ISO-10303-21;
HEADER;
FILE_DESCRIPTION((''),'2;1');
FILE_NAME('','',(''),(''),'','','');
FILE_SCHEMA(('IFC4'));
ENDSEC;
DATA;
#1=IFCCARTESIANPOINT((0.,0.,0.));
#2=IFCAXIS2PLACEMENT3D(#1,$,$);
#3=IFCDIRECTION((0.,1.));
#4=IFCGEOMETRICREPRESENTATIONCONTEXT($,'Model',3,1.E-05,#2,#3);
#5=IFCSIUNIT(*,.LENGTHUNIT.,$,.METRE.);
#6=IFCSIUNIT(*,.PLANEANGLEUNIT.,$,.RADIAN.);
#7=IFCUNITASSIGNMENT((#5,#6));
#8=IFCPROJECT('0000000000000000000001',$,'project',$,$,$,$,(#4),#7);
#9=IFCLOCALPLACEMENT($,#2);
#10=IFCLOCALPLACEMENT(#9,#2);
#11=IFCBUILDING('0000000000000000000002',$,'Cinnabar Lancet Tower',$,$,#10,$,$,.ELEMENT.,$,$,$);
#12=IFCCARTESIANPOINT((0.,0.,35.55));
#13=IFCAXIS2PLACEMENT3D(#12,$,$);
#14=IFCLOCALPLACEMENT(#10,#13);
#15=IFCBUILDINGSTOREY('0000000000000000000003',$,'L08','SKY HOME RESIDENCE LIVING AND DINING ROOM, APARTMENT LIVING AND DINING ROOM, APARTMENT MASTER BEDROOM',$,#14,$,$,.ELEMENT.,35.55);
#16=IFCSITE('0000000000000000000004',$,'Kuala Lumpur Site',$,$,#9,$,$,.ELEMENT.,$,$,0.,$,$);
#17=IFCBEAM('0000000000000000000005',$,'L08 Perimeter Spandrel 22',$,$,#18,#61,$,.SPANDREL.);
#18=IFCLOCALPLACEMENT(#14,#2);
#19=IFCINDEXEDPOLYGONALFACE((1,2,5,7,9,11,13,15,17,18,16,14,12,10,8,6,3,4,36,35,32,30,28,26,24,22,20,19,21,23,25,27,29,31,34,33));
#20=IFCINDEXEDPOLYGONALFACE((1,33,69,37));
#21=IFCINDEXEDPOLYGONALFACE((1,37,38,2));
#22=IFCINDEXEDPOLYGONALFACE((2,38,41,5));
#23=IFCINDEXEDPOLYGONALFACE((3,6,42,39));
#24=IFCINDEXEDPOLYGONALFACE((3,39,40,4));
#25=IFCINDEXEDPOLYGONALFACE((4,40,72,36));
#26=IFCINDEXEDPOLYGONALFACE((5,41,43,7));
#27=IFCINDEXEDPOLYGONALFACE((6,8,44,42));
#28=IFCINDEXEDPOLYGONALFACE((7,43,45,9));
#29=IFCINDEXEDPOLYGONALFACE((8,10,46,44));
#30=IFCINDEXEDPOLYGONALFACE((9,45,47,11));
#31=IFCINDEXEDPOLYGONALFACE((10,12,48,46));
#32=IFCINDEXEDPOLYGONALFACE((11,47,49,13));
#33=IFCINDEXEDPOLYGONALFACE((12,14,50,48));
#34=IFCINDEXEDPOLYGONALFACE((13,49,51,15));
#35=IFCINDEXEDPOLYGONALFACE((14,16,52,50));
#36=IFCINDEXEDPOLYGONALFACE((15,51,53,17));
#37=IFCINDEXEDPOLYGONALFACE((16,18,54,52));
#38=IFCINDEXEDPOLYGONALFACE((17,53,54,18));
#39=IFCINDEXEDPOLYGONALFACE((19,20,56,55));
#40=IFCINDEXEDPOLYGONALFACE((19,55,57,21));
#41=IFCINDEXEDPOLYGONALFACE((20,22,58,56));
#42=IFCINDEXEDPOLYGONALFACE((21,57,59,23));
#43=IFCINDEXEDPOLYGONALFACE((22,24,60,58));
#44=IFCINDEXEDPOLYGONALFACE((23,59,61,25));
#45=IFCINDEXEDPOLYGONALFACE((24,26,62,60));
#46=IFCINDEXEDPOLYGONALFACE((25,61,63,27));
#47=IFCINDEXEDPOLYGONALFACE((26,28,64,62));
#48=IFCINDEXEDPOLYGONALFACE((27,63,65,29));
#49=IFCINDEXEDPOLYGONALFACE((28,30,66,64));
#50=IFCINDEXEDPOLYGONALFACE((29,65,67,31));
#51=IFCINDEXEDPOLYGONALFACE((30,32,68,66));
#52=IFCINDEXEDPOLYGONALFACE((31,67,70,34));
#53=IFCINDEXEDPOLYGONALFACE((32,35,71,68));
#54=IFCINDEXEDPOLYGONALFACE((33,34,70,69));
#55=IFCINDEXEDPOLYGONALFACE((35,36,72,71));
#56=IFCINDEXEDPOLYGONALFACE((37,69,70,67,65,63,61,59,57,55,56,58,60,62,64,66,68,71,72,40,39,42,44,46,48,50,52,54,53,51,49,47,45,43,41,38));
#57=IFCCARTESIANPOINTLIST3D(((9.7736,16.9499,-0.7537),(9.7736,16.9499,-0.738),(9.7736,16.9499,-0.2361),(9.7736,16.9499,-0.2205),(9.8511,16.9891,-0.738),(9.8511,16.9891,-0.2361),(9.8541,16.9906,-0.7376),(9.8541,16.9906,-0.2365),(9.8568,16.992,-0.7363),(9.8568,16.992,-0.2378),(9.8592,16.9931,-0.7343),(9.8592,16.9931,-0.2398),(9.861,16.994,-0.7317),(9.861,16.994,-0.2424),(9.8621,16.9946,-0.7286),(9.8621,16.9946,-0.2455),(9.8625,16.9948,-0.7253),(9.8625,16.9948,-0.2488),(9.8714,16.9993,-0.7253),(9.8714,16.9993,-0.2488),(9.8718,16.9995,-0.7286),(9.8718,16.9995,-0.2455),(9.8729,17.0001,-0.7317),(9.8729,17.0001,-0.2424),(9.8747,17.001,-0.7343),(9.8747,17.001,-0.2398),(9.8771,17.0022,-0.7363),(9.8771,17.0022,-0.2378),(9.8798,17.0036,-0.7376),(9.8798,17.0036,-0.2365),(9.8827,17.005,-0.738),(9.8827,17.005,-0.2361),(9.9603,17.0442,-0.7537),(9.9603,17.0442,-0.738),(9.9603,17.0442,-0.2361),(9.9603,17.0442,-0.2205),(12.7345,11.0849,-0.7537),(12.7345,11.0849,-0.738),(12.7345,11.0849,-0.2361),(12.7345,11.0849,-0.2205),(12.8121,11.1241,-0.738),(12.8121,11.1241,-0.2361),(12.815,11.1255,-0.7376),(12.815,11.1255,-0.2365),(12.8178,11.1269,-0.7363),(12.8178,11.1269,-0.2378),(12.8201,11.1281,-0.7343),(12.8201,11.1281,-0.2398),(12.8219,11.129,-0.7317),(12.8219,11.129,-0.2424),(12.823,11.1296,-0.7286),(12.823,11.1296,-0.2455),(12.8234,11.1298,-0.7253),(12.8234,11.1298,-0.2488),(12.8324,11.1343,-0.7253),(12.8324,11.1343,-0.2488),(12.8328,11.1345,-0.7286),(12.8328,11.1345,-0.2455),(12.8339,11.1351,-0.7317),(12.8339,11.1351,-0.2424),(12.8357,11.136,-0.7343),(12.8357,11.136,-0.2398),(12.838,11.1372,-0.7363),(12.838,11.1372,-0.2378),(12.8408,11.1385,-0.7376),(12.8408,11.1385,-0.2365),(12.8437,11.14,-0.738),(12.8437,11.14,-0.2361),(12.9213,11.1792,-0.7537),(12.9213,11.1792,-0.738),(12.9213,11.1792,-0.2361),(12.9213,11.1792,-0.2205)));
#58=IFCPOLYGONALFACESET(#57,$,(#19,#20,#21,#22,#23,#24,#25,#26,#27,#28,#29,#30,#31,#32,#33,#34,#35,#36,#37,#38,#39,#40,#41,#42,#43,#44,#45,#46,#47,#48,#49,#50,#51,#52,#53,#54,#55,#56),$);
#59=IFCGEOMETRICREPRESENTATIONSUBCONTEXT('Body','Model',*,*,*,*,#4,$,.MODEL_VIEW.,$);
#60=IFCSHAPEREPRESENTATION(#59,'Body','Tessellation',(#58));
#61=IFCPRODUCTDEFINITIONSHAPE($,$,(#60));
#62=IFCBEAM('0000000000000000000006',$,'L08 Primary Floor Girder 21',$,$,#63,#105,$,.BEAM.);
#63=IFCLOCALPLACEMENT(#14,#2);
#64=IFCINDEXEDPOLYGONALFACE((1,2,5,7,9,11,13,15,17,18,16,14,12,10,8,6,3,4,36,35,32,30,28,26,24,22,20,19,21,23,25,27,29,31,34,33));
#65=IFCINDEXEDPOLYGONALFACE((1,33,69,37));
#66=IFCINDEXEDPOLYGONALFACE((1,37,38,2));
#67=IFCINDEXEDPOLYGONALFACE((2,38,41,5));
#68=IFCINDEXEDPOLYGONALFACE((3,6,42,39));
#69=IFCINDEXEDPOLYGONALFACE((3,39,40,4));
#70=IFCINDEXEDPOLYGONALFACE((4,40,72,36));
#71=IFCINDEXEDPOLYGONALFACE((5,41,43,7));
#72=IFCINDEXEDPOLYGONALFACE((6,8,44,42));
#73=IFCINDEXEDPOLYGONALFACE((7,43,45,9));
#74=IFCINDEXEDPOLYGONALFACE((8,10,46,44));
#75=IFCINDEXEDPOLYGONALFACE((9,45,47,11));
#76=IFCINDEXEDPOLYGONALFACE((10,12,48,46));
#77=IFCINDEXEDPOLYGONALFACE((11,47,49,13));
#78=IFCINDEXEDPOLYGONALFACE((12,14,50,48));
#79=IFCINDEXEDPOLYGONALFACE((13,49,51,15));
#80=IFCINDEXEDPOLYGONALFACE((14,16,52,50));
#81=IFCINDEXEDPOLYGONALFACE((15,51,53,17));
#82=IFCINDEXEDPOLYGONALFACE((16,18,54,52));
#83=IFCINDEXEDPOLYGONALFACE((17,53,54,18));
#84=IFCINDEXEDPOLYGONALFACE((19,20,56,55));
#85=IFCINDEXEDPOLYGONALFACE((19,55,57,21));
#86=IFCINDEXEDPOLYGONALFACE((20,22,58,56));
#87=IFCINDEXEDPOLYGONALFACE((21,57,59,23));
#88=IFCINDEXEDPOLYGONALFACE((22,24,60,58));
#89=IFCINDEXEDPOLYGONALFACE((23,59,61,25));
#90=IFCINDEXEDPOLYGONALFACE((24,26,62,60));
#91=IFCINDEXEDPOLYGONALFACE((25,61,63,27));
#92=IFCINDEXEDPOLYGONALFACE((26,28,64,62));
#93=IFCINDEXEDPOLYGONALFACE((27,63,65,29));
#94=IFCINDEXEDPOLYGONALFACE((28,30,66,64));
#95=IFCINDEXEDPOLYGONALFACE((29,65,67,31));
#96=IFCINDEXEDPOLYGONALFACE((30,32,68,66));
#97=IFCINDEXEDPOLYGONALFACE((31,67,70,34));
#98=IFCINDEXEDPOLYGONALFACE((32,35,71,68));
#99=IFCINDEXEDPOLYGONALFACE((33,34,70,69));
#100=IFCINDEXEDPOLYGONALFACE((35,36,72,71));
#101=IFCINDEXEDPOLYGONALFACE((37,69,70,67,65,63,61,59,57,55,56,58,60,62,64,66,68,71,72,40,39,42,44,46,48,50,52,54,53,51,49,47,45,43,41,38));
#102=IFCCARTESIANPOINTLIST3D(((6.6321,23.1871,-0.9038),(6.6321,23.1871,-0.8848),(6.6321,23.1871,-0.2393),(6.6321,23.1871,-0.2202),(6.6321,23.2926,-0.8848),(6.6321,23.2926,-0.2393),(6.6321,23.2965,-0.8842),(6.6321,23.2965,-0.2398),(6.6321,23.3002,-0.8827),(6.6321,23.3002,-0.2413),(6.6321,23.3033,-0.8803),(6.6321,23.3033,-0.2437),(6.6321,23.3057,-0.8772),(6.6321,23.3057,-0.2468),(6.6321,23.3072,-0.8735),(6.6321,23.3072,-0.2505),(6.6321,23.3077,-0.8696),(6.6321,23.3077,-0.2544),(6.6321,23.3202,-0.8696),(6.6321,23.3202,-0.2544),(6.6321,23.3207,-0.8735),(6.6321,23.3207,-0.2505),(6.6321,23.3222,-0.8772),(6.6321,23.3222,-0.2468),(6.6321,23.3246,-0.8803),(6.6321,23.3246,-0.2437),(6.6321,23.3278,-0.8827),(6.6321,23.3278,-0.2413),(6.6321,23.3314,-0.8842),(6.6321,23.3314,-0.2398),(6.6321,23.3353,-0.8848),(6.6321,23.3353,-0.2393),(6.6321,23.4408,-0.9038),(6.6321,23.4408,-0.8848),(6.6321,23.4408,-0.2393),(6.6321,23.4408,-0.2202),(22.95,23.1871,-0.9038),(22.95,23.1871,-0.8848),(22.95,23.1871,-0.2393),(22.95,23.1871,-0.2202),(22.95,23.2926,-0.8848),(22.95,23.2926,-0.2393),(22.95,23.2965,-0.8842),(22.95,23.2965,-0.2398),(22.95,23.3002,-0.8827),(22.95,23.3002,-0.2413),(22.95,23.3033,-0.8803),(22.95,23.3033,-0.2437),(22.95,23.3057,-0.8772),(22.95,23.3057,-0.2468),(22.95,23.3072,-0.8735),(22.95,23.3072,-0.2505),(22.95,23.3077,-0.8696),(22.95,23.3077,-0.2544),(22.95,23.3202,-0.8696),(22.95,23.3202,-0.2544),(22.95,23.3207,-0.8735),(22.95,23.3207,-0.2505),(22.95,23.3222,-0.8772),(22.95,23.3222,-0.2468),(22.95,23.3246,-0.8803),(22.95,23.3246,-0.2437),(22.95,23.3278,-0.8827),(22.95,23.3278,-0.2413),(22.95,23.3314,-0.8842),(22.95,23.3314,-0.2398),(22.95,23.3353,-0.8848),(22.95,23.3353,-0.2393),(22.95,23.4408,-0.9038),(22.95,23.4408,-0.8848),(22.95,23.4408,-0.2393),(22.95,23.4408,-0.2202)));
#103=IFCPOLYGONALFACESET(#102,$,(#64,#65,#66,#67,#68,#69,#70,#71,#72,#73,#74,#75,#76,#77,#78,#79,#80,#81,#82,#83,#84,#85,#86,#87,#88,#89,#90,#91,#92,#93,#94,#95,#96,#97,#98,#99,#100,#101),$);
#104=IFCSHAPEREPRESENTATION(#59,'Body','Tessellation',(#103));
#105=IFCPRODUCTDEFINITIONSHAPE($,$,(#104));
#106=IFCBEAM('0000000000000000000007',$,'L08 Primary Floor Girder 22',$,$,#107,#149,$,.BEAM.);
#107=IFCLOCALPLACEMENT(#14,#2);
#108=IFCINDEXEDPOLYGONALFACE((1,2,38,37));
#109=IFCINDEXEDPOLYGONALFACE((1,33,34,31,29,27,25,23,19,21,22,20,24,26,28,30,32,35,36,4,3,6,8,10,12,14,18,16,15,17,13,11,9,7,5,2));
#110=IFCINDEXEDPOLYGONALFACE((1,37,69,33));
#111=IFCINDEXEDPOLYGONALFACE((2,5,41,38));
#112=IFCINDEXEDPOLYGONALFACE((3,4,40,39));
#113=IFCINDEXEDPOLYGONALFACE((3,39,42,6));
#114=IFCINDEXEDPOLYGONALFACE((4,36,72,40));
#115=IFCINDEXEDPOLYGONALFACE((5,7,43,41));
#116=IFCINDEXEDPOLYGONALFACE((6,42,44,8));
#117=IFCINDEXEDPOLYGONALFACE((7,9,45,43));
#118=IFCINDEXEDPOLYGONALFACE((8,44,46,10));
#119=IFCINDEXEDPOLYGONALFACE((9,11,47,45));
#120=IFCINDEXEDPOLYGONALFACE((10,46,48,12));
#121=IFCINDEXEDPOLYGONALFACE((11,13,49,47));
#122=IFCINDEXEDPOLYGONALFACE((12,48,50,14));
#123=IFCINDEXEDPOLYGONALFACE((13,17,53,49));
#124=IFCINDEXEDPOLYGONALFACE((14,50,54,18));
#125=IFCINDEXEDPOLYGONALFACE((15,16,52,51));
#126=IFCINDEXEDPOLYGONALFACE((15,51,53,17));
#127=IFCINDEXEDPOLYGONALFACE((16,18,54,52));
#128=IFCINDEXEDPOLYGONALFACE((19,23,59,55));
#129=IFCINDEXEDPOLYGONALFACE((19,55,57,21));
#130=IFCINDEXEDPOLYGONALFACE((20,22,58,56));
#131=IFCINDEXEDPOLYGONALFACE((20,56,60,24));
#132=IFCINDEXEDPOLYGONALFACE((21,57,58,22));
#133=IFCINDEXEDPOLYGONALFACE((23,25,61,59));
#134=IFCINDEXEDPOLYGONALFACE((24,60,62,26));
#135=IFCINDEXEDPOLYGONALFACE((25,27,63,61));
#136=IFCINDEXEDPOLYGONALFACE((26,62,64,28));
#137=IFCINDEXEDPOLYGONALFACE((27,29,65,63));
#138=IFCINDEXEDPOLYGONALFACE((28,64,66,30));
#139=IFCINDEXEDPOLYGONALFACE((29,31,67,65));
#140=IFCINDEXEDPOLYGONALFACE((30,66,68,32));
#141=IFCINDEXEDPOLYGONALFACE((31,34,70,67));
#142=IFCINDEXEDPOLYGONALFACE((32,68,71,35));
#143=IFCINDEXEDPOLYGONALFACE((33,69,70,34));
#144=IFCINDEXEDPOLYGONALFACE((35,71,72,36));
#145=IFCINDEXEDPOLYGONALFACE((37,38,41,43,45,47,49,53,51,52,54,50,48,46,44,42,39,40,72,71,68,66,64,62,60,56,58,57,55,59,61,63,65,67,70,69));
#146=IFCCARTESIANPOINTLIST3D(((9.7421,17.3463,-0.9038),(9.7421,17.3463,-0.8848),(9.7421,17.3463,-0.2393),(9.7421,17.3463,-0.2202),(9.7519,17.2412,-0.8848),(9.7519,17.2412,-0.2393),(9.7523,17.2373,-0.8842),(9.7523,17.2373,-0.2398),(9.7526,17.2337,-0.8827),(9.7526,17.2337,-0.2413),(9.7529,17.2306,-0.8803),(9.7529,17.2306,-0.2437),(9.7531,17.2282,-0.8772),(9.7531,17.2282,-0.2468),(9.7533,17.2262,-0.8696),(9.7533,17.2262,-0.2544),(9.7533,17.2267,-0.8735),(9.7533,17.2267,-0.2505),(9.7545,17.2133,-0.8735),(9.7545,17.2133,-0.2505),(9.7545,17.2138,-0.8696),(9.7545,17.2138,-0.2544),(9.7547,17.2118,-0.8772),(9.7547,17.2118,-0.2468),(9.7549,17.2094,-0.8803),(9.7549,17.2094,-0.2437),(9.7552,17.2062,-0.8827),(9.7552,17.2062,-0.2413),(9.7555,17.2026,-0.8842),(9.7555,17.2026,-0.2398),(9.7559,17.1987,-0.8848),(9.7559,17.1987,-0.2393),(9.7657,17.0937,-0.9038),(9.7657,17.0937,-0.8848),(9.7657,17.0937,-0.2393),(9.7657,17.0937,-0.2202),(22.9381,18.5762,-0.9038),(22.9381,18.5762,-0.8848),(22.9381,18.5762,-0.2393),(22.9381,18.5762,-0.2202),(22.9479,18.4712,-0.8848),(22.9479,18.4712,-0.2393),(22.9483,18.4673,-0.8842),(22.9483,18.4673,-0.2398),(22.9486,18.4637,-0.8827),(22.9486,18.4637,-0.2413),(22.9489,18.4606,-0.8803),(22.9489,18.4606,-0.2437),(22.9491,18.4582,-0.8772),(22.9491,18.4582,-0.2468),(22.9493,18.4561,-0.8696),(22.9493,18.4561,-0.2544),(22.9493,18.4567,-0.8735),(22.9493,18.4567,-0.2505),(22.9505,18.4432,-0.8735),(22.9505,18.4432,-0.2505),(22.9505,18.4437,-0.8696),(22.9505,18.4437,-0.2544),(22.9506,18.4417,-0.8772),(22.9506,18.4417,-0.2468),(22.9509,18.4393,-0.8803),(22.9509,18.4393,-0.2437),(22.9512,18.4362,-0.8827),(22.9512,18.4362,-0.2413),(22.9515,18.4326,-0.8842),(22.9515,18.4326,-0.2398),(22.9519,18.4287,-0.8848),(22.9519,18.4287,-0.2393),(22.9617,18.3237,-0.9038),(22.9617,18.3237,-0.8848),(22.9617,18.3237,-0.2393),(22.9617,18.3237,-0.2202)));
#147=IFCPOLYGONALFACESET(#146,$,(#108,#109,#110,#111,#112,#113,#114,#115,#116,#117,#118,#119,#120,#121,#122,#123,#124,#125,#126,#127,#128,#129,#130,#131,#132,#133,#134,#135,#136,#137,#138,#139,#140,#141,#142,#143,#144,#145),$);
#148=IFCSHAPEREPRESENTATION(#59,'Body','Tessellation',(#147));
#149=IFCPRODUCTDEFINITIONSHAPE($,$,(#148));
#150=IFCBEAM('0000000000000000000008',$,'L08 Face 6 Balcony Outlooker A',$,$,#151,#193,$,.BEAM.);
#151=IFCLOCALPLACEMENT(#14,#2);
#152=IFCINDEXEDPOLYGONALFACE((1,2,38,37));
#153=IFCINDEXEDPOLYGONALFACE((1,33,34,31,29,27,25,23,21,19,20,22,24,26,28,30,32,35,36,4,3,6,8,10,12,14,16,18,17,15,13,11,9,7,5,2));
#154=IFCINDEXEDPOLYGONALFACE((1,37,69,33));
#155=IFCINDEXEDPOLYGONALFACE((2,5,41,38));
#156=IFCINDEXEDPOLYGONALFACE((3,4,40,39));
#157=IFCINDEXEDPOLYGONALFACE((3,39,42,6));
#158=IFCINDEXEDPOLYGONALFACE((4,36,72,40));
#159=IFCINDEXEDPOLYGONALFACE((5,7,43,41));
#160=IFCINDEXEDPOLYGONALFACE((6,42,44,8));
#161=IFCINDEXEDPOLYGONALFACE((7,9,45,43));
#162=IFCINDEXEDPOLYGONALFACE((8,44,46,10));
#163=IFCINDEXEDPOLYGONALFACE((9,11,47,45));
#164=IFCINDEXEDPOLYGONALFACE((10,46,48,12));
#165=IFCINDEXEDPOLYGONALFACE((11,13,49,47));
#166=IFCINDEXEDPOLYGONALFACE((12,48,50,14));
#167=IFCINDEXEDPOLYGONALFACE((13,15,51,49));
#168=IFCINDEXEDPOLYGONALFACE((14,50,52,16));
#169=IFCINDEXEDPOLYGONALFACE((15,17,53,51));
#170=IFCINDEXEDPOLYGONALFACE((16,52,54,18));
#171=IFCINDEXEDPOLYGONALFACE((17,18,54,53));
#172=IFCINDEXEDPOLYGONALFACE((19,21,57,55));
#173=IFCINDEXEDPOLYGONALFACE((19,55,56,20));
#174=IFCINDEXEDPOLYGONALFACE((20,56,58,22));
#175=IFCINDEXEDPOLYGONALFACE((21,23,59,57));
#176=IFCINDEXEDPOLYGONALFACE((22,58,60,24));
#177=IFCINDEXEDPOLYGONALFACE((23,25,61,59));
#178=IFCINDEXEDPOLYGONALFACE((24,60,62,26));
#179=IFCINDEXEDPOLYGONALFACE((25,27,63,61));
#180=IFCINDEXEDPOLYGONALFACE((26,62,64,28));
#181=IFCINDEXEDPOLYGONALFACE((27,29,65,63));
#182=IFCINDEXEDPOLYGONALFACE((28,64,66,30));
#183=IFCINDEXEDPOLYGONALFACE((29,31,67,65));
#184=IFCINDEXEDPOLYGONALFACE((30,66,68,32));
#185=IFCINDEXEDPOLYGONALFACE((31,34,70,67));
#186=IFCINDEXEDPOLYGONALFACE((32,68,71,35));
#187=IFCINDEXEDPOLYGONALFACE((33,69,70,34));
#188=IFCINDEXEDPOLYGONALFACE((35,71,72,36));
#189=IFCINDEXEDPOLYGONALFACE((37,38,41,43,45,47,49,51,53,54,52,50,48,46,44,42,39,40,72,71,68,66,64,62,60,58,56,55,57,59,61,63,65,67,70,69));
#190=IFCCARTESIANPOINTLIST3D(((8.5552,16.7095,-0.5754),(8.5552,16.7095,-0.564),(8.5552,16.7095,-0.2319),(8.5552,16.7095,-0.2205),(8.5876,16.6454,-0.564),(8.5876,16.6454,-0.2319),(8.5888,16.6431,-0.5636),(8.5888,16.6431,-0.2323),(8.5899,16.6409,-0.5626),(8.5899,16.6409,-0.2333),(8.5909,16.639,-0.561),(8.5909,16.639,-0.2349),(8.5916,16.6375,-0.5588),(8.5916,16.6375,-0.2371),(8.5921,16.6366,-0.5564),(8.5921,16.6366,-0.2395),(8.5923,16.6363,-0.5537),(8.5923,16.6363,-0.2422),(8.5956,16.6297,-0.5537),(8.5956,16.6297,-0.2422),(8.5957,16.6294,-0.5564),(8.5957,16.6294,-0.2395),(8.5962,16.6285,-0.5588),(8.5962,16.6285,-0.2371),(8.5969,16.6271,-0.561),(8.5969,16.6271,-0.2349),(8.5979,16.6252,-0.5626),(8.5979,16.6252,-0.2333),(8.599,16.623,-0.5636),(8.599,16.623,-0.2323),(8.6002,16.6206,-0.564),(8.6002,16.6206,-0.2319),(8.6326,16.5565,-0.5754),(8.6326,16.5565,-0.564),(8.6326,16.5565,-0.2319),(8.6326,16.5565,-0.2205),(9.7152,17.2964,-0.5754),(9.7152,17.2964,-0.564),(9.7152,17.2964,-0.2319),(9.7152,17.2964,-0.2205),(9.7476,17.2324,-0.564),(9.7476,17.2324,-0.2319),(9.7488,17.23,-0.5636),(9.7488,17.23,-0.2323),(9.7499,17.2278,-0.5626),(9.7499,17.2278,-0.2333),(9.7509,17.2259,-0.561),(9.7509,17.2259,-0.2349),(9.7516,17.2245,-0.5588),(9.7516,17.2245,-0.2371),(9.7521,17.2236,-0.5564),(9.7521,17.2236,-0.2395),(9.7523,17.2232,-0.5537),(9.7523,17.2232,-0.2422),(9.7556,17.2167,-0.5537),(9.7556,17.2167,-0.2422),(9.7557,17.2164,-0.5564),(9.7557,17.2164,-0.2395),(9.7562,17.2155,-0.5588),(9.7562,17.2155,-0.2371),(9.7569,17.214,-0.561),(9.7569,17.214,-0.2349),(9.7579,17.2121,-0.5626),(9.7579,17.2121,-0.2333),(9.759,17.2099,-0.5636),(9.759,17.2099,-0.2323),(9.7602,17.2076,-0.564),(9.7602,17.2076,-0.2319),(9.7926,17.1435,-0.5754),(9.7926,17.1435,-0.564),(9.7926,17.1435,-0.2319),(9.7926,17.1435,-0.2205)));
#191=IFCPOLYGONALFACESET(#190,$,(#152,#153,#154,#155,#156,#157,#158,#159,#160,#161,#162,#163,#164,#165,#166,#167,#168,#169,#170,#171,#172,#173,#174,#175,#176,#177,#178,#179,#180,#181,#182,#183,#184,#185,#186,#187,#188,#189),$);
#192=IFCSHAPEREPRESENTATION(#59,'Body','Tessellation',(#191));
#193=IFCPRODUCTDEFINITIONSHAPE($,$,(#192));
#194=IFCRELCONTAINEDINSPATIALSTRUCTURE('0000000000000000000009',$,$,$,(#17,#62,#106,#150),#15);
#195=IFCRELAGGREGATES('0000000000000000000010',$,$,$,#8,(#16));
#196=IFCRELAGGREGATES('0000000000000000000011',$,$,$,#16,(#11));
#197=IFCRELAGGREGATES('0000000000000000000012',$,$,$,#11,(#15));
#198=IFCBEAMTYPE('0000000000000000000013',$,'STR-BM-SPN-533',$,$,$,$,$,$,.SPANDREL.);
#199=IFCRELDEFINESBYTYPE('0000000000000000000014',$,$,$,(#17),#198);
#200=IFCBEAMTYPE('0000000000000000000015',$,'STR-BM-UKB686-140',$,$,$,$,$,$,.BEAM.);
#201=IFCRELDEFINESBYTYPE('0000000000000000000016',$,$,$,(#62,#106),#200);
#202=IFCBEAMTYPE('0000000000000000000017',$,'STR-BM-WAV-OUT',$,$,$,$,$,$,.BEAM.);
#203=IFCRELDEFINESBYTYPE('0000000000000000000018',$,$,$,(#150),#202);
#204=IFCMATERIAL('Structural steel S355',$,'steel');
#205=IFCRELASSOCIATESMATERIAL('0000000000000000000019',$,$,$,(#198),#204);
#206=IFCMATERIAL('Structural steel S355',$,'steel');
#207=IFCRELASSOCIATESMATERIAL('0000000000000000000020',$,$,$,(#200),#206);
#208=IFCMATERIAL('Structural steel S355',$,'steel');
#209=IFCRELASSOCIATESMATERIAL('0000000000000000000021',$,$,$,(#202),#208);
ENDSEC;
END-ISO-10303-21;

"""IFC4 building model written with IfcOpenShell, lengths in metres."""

from ifc_helpers import new_model, si_unit, direction, frame, origin, origin_2d, place, context, subcontext, project, spatial, i_section, extrude, material, material_profile, profile_set, type_object, element, save


model = new_model("IFC4")

# Units and contexts
model_context = context("Model", 3, precision=1e-05, world=origin(), true_north=direction((0.0, 1.0)))
body_context = subcontext(model_context, "Body", "Model", "MODEL_VIEW")
ifc_project = project(units=[si_unit("LENGTHUNIT", "METRE"), si_unit("PLANEANGLEUNIT", "RADIAN")], contexts=[model_context])

# Site, building, storey
site_placement = place(None, origin())
site = spatial("IfcSite", under=ifc_project, at=site_placement, Name="Kuala Lumpur Site", CompositionType="ELEMENT", RefElevation=0.0)
building_placement = place(site_placement, origin())
building = spatial("IfcBuilding", under=site, at=building_placement, Name="Cinnabar Lancet Tower", CompositionType="ELEMENT")
storey_placement = place(building_placement, frame((0.0, 0.0, 35.55)))
storey = spatial("IfcBuildingStorey", under=building, at=storey_placement, Name="L08", Description="SKY HOME RESIDENCE LIVING AND DINING ROOM, APARTMENT LIVING AND DINING ROOM, APARTMENT MASTER BEDROOM", CompositionType="ELEMENT", Elevation=35.55)

# Beams
ifc_material_1 = material(Name="Structural steel S355", Category="steel")
ifc_material_profile_1 = material_profile(ifc_material_1, i_section(OverallWidth=0.2092, OverallDepth=0.5332, WebThickness=0.01, FlangeThickness=0.0156, FilletRadius=0.0127, at=origin_2d()), Name="UKB 533x210x92")
ifc_profile_set_1 = profile_set([ifc_material_profile_1], Name="Structural steel S355")
beam_type_1 = type_object("IfcBeamType", Name="STR-BM-SPN-533", PredefinedType="SPANDREL", material=ifc_profile_set_1)
beam_1_placement = place(storey_placement, frame((9.8669, 16.9971, -0.4871), z_axis=(0.450674, -0.892689, 0.0), x_axis=(0.892689, 0.450674, 0.0)))
element("IfcBeam", 1, at=beam_1_placement, inside=storey, type_object=beam_type_1, Name="L08 Perimeter Spandrel 22", PredefinedType="SPANDREL", context=body_context, shape_type="SweptSolid", body=[
    extrude(i_section(OverallWidth=0.2092, OverallDepth=0.5332, WebThickness=0.01, FlangeThickness=0.0156, FilletRadius=0.0127, at=origin_2d()), origin(), (0.0, 0.0, 1.0), 6.5701),
])
ifc_material_2 = material(Name="Structural steel S355", Category="steel")
ifc_material_profile_2 = material_profile(ifc_material_2, i_section(OverallWidth=0.2537, OverallDepth=0.6836, WebThickness=0.0125, FlangeThickness=0.019, FilletRadius=0.0151, at=origin_2d()), Name="UKB 686x254x140")
ifc_profile_set_2 = profile_set([ifc_material_profile_2], Name="Structural steel S355")
beam_type_2 = type_object("IfcBeamType", Name="STR-BM-UKB686-140", PredefinedType="BEAM", material=ifc_profile_set_2)
beam_2_placement = place(storey_placement, frame((6.6321, 23.314, -0.562), z_axis=(1.0, 0.0, 0.0), x_axis=(0.0, 1.0, 0.0)))
element("IfcBeam", 2, at=beam_2_placement, inside=storey, type_object=beam_type_2, Name="L08 Primary Floor Girder 21", PredefinedType="BEAM", context=body_context, shape_type="SweptSolid", body=[
    extrude(i_section(OverallWidth=0.2537, OverallDepth=0.6836, WebThickness=0.0125, FlangeThickness=0.019, FilletRadius=0.0151, at=origin_2d()), origin(), (0.0, 0.0, 1.0), 16.3179),
])
beam_3_placement = place(storey_placement, frame((9.7539, 17.22, -0.562), z_axis=(0.995684, 0.092806, 0.0), x_axis=(-0.092806, 0.995684, 0.0)))
element("IfcBeam", 3, at=beam_3_placement, inside=storey, type_object=beam_type_2, Name="L08 Primary Floor Girder 22", PredefinedType="BEAM", context=body_context, shape_type="SweptSolid", body=[
    extrude(i_section(OverallWidth=0.2537, OverallDepth=0.6836, WebThickness=0.0125, FlangeThickness=0.019, FilletRadius=0.0151, at=origin_2d()), origin(), (0.0, 0.0, 1.0), 13.2532),
])
ifc_material_3 = material(Name="Structural steel S355", Category="steel")
ifc_material_profile_3 = material_profile(ifc_material_3, i_section(OverallWidth=0.1714, OverallDepth=0.355, WebThickness=0.0073, FlangeThickness=0.0115, FilletRadius=0.0103, at=origin_2d()), Name="UKB 356x171x51")
ifc_profile_set_3 = profile_set([ifc_material_profile_3], Name="Structural steel S355")
beam_type_3 = type_object("IfcBeamType", Name="STR-BM-WAV-OUT", PredefinedType="BEAM", material=ifc_profile_set_3)
beam_4_placement = place(storey_placement, frame((9.7539, 17.22, -0.3979), z_axis=(-0.892276, -0.45149, 0.0), x_axis=(0.45149, -0.892276, 0.0)))
element("IfcBeam", 4, at=beam_4_placement, inside=storey, type_object=beam_type_3, Name="L08 Face 6 Balcony Outlooker A", PredefinedType="BEAM", context=body_context, shape_type="SweptSolid", body=[
    extrude(i_section(OverallWidth=0.1714, OverallDepth=0.355, WebThickness=0.0073, FlangeThickness=0.0115, FilletRadius=0.0103, at=origin_2d()), origin(), (0.0, 0.0, 1.0), 1.3),
])

save(model, "model.ifc")
